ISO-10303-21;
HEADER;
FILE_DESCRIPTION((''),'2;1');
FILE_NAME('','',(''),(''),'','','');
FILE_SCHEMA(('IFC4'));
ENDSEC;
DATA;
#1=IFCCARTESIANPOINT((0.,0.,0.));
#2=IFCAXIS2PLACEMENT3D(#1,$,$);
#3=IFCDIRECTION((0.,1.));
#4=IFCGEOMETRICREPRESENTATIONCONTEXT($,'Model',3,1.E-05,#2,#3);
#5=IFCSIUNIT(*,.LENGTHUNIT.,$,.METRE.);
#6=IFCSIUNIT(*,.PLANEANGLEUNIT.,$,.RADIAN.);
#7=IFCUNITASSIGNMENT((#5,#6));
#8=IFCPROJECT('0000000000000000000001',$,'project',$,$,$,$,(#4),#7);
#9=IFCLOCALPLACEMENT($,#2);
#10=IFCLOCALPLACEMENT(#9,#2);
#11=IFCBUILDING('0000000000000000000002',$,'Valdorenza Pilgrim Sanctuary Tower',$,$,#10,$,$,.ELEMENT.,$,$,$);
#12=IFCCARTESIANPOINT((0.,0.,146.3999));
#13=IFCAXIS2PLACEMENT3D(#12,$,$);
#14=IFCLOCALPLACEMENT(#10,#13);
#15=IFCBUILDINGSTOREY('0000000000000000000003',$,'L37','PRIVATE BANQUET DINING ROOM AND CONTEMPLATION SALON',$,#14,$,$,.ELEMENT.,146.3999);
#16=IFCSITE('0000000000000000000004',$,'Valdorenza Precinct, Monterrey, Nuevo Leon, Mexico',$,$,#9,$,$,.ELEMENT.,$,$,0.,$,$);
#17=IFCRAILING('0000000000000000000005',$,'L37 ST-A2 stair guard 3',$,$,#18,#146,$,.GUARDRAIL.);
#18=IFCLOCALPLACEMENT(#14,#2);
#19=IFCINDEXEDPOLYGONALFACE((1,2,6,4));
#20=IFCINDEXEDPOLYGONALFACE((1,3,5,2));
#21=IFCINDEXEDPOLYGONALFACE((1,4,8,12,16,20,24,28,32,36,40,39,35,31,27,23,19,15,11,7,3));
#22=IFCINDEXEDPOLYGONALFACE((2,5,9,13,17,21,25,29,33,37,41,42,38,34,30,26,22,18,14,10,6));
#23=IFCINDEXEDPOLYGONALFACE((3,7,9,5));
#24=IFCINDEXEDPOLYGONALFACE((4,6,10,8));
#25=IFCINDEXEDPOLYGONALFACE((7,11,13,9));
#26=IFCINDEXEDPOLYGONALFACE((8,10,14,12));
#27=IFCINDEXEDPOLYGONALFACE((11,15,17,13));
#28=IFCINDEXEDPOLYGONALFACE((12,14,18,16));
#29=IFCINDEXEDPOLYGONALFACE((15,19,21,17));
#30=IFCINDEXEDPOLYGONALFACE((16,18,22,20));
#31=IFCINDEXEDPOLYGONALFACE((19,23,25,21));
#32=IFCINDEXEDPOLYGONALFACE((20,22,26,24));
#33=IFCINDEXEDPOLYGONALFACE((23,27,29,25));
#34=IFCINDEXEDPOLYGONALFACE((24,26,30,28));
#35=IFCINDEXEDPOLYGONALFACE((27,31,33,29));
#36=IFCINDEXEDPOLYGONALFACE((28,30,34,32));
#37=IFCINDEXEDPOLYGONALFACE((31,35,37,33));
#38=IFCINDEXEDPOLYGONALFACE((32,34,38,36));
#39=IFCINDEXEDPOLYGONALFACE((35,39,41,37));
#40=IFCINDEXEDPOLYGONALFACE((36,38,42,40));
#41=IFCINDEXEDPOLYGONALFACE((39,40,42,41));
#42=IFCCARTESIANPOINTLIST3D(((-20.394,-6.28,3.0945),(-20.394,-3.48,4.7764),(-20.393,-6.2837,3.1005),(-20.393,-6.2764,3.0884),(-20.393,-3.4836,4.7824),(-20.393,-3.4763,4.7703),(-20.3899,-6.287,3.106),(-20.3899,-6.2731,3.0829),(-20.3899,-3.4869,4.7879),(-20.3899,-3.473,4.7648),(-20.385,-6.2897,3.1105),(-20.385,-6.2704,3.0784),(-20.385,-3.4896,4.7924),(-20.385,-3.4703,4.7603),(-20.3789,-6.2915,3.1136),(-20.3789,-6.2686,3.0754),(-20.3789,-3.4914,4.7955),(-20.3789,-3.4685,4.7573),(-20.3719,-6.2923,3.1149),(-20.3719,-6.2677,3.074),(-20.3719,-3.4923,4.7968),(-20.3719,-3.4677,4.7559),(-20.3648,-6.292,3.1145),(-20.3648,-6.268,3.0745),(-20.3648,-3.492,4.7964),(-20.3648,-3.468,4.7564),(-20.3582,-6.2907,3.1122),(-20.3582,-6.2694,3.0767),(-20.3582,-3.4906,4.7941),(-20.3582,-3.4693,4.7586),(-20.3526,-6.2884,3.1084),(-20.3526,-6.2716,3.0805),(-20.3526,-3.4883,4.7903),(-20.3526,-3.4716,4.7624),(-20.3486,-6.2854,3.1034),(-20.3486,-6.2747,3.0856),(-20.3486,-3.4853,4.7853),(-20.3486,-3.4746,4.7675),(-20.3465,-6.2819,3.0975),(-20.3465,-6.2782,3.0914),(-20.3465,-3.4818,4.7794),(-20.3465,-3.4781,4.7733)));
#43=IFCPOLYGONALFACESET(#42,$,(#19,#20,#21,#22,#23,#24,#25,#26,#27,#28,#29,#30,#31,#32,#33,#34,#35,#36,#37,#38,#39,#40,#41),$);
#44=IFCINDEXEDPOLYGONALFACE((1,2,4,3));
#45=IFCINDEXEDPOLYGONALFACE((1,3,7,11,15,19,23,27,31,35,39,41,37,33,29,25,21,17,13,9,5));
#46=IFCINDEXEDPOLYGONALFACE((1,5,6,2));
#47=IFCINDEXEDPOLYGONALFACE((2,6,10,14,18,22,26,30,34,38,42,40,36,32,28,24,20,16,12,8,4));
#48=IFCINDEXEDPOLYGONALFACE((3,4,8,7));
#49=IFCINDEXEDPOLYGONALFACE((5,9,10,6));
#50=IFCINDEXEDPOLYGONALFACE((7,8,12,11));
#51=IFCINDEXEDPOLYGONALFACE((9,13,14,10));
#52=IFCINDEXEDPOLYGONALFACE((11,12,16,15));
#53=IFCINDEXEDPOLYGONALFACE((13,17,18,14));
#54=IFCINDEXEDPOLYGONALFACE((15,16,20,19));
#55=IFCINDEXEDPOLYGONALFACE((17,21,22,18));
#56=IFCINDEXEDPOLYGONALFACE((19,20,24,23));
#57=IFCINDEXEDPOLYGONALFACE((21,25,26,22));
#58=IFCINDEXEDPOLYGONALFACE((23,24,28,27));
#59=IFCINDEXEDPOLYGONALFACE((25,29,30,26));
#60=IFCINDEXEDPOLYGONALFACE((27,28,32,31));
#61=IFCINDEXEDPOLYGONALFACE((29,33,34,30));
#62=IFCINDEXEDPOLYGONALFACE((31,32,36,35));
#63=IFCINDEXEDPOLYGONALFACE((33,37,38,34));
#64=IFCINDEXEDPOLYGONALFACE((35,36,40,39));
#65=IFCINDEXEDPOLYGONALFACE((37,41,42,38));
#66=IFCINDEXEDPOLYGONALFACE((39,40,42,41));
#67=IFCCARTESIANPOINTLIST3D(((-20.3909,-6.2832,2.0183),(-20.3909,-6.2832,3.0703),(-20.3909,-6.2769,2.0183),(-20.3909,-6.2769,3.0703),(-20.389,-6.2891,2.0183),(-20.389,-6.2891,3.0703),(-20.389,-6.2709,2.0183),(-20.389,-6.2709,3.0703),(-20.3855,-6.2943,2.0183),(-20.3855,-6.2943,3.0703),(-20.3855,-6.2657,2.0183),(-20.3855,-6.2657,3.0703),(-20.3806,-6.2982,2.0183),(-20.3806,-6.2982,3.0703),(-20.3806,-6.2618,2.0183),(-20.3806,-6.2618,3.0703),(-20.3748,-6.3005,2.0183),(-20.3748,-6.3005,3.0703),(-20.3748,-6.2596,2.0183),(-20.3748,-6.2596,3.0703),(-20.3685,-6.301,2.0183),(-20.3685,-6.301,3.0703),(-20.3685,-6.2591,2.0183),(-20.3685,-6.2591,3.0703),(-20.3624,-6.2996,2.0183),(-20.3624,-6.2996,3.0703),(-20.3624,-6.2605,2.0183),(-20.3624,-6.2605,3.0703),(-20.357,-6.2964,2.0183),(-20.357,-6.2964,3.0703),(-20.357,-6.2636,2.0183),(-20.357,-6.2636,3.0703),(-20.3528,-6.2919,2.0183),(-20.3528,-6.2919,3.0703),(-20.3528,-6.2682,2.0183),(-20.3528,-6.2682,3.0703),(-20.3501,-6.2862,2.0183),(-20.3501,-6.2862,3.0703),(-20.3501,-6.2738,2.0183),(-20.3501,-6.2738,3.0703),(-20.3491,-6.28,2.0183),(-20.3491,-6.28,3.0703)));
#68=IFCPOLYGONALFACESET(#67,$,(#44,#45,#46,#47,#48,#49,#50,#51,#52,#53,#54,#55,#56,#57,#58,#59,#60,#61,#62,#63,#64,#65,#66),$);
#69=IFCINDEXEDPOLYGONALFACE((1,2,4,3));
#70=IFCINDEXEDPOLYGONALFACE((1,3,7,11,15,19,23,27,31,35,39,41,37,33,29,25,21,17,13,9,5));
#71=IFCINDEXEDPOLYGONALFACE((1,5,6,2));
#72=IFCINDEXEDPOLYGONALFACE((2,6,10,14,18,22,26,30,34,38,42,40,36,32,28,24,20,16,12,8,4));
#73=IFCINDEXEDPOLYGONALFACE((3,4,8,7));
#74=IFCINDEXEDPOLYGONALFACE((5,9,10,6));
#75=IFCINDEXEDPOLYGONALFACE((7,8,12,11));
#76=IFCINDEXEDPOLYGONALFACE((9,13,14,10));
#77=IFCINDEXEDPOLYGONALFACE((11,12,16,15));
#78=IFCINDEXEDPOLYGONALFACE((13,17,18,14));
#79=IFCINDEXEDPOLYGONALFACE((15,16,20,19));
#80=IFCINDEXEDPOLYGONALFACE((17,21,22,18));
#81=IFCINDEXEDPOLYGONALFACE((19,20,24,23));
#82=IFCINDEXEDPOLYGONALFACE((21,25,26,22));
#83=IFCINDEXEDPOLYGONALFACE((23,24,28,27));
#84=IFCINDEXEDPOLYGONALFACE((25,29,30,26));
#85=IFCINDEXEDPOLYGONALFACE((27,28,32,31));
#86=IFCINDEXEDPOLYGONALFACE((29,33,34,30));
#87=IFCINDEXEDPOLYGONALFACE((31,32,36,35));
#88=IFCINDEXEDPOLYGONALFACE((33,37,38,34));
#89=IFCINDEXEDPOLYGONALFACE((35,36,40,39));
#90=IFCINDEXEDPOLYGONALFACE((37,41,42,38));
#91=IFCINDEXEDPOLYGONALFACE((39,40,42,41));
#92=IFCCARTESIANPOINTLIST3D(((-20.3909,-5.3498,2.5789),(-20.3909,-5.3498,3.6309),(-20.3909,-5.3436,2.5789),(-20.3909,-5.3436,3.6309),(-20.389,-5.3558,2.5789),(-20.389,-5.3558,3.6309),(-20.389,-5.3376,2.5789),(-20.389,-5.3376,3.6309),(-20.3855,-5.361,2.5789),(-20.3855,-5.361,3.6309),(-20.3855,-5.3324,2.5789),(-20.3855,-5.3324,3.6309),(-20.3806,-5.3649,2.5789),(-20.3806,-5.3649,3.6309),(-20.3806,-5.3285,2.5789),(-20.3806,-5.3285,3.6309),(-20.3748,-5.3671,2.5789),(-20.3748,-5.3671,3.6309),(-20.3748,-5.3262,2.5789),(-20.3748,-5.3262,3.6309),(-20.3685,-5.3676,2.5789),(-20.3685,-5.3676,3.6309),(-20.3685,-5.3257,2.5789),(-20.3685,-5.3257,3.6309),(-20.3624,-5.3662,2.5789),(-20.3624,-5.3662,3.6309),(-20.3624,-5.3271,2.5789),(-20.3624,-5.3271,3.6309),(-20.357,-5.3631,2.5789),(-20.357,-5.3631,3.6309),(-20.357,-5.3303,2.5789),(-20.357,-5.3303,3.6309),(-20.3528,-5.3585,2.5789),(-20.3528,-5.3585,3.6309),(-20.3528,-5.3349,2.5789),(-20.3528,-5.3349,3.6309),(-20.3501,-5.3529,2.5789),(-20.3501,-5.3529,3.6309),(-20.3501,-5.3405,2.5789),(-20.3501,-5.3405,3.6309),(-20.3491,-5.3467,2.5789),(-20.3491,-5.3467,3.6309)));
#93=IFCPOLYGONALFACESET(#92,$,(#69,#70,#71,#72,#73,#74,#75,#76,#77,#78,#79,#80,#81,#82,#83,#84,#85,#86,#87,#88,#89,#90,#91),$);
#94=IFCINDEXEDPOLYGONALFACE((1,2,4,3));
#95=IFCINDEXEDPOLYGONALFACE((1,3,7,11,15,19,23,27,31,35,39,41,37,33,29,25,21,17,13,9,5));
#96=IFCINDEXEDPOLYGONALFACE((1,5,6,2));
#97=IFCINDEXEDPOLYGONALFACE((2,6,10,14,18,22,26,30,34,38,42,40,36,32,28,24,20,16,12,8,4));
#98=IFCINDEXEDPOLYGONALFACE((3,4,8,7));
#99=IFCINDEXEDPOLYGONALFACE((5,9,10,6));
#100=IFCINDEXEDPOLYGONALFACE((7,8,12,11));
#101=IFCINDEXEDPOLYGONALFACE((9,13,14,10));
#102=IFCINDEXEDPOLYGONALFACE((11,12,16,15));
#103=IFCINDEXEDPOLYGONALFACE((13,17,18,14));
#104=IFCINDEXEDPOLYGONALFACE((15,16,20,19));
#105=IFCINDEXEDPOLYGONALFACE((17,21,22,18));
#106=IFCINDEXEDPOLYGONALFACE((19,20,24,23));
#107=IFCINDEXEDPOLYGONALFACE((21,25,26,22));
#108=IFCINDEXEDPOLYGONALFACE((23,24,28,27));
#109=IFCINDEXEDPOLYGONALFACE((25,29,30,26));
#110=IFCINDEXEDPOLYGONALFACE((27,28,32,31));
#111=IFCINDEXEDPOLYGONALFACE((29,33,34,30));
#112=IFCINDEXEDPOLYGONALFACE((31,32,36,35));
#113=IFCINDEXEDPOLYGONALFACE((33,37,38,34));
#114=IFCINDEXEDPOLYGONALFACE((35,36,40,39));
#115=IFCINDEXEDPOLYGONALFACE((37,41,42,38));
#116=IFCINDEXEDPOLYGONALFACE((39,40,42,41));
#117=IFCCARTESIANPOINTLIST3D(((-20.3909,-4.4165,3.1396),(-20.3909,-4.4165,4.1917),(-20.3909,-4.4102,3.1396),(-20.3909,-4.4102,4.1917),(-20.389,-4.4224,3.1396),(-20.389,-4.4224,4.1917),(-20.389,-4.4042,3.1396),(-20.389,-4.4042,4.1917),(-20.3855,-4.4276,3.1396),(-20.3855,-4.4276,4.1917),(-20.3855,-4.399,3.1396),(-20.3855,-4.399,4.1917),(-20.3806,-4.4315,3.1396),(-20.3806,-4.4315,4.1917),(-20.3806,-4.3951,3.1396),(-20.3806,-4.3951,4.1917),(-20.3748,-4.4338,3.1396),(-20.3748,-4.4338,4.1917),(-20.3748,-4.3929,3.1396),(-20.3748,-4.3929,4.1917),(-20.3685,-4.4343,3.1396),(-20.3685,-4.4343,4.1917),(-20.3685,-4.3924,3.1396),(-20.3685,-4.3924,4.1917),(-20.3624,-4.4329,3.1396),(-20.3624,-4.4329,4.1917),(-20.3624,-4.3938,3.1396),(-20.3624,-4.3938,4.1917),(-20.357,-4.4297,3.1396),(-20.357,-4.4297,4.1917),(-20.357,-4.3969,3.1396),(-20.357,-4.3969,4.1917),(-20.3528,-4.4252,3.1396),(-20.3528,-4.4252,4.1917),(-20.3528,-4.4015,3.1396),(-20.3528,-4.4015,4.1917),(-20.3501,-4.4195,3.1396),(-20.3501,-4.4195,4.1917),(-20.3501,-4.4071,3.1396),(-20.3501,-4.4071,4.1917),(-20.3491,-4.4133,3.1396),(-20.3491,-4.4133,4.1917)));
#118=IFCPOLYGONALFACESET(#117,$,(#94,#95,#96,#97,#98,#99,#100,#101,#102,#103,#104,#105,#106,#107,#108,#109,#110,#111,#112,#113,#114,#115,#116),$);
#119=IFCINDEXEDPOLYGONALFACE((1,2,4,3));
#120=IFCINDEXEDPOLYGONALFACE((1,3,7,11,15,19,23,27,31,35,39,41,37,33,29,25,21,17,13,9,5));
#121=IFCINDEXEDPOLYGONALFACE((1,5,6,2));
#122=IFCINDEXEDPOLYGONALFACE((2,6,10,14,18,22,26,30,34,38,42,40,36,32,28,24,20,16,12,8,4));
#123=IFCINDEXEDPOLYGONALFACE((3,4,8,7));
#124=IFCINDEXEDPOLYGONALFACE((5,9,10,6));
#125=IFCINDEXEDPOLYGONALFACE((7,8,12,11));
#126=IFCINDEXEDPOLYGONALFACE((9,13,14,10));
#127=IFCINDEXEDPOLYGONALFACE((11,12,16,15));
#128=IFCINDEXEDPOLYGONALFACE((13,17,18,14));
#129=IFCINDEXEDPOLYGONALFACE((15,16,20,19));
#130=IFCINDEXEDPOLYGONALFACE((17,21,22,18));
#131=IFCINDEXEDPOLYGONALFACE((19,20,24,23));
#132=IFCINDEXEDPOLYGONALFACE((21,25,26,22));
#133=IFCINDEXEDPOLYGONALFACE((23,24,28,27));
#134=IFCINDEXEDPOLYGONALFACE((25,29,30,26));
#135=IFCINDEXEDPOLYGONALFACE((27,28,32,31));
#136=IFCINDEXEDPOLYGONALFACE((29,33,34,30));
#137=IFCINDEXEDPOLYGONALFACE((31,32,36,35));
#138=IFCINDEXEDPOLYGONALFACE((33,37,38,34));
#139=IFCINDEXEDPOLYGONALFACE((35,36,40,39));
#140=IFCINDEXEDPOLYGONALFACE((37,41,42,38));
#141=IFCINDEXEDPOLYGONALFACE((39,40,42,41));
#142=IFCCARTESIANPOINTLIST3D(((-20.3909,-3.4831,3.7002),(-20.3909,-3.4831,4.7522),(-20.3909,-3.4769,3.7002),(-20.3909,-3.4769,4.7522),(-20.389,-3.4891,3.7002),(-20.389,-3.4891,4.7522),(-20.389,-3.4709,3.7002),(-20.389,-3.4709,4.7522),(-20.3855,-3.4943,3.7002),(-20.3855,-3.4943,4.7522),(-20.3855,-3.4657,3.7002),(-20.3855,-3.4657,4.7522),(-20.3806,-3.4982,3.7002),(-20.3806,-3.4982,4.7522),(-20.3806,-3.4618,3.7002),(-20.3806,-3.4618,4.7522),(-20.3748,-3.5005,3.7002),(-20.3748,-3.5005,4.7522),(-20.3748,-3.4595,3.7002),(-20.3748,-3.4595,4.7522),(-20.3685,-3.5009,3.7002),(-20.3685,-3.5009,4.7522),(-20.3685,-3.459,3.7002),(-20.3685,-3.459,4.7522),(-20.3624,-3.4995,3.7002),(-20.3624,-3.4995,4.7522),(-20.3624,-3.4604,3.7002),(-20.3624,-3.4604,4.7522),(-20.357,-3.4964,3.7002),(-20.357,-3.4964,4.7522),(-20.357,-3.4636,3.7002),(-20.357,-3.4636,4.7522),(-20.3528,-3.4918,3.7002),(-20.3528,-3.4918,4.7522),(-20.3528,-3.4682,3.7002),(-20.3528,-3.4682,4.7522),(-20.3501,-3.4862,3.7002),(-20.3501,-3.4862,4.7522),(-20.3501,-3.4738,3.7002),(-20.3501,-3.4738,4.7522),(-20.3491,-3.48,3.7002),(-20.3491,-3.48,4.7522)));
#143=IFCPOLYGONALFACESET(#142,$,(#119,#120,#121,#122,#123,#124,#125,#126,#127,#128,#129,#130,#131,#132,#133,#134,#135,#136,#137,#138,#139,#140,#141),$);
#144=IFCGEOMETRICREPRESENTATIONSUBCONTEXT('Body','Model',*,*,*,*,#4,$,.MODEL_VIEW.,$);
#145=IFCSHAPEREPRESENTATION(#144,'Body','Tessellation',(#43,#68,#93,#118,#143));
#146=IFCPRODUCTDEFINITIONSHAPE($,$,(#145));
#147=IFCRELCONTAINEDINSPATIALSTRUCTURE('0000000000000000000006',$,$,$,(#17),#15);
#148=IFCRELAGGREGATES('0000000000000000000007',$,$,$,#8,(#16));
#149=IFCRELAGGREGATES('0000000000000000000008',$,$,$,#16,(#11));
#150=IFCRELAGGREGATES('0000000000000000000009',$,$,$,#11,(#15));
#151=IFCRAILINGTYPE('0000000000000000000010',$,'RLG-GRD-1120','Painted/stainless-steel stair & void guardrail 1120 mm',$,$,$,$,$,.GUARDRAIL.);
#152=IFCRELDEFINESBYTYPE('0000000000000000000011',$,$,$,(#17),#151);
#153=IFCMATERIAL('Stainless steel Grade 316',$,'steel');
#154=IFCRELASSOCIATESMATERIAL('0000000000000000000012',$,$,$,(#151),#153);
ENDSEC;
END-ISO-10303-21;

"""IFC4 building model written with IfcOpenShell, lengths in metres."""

from ifc_helpers import new_model, si_unit, direction, frame, origin, origin_2d, place, context, subcontext, project, spatial, circle, extrude, material, type_object, element, save


model = new_model("IFC4")

# Units and contexts
model_context = context("Model", 3, precision=1e-05, world=origin(), true_north=direction((0.0, 1.0)))
body_context = subcontext(model_context, "Body", "Model", "MODEL_VIEW")
ifc_project = project(units=[si_unit("LENGTHUNIT", "METRE"), si_unit("PLANEANGLEUNIT", "RADIAN")], contexts=[model_context])

# Site, building, storey
site_placement = place(None, origin())
site = spatial("IfcSite", under=ifc_project, at=site_placement, Name="Valdorenza Precinct, Monterrey, Nuevo Leon, Mexico", CompositionType="ELEMENT", RefElevation=0.0)
building_placement = place(site_placement, origin())
building = spatial("IfcBuilding", under=site, at=building_placement, Name="Valdorenza Pilgrim Sanctuary Tower", CompositionType="ELEMENT")
storey_placement = place(building_placement, frame((0.0, 0.0, 146.3999)))
storey = spatial("IfcBuildingStorey", under=building, at=storey_placement, Name="L37", Description="PRIVATE BANQUET DINING ROOM AND CONTEMPLATION SALON", CompositionType="ELEMENT", Elevation=146.3999)

# Railing
ifc_material_1 = material(Name="Stainless steel Grade 316", Category="steel")
railing_type_1 = type_object("IfcRailingType", Name="RLG-GRD-1120", Description="Painted/stainless-steel stair & void guardrail 1120 mm", PredefinedType="GUARDRAIL", material=ifc_material_1)
railing_1_placement = place(storey_placement, frame((-20.3701, -6.28, 2.0183)))
element("IfcRailing", 1, at=railing_1_placement, inside=storey, type_object=railing_type_1, Name="L37 ST-A2 stair guard 3", PredefinedType="GUARDRAIL", context=body_context, shape_type="SweptSolid", body=[
    extrude(circle(Radius=0.0239, at=origin_2d()), frame((0.0, 0.0, 1.0762), z_axis=(0.0, 0.857242, 0.514913), x_axis=(-1.0, 0.0, 0.0)), (0.0, 0.0, 1.0), 3.2664),
    extrude(circle(Radius=0.021, at=origin_2d()), origin(), (0.0, 0.0, 1.0), 1.052),
    extrude(circle(Radius=0.021, at=origin_2d()), frame((0.0, 0.9333, 0.5605)), (0.0, 0.0, 1.0), 1.052),
    extrude(circle(Radius=0.021, at=origin_2d()), frame((0.0, 1.8667, 1.1213)), (0.0, 0.0, 1.0), 1.052),
    extrude(circle(Radius=0.021, at=origin_2d()), frame((0.0, 2.8, 1.6819)), (0.0, 0.0, 1.0), 1.052),
])

save(model, "model.ifc")
